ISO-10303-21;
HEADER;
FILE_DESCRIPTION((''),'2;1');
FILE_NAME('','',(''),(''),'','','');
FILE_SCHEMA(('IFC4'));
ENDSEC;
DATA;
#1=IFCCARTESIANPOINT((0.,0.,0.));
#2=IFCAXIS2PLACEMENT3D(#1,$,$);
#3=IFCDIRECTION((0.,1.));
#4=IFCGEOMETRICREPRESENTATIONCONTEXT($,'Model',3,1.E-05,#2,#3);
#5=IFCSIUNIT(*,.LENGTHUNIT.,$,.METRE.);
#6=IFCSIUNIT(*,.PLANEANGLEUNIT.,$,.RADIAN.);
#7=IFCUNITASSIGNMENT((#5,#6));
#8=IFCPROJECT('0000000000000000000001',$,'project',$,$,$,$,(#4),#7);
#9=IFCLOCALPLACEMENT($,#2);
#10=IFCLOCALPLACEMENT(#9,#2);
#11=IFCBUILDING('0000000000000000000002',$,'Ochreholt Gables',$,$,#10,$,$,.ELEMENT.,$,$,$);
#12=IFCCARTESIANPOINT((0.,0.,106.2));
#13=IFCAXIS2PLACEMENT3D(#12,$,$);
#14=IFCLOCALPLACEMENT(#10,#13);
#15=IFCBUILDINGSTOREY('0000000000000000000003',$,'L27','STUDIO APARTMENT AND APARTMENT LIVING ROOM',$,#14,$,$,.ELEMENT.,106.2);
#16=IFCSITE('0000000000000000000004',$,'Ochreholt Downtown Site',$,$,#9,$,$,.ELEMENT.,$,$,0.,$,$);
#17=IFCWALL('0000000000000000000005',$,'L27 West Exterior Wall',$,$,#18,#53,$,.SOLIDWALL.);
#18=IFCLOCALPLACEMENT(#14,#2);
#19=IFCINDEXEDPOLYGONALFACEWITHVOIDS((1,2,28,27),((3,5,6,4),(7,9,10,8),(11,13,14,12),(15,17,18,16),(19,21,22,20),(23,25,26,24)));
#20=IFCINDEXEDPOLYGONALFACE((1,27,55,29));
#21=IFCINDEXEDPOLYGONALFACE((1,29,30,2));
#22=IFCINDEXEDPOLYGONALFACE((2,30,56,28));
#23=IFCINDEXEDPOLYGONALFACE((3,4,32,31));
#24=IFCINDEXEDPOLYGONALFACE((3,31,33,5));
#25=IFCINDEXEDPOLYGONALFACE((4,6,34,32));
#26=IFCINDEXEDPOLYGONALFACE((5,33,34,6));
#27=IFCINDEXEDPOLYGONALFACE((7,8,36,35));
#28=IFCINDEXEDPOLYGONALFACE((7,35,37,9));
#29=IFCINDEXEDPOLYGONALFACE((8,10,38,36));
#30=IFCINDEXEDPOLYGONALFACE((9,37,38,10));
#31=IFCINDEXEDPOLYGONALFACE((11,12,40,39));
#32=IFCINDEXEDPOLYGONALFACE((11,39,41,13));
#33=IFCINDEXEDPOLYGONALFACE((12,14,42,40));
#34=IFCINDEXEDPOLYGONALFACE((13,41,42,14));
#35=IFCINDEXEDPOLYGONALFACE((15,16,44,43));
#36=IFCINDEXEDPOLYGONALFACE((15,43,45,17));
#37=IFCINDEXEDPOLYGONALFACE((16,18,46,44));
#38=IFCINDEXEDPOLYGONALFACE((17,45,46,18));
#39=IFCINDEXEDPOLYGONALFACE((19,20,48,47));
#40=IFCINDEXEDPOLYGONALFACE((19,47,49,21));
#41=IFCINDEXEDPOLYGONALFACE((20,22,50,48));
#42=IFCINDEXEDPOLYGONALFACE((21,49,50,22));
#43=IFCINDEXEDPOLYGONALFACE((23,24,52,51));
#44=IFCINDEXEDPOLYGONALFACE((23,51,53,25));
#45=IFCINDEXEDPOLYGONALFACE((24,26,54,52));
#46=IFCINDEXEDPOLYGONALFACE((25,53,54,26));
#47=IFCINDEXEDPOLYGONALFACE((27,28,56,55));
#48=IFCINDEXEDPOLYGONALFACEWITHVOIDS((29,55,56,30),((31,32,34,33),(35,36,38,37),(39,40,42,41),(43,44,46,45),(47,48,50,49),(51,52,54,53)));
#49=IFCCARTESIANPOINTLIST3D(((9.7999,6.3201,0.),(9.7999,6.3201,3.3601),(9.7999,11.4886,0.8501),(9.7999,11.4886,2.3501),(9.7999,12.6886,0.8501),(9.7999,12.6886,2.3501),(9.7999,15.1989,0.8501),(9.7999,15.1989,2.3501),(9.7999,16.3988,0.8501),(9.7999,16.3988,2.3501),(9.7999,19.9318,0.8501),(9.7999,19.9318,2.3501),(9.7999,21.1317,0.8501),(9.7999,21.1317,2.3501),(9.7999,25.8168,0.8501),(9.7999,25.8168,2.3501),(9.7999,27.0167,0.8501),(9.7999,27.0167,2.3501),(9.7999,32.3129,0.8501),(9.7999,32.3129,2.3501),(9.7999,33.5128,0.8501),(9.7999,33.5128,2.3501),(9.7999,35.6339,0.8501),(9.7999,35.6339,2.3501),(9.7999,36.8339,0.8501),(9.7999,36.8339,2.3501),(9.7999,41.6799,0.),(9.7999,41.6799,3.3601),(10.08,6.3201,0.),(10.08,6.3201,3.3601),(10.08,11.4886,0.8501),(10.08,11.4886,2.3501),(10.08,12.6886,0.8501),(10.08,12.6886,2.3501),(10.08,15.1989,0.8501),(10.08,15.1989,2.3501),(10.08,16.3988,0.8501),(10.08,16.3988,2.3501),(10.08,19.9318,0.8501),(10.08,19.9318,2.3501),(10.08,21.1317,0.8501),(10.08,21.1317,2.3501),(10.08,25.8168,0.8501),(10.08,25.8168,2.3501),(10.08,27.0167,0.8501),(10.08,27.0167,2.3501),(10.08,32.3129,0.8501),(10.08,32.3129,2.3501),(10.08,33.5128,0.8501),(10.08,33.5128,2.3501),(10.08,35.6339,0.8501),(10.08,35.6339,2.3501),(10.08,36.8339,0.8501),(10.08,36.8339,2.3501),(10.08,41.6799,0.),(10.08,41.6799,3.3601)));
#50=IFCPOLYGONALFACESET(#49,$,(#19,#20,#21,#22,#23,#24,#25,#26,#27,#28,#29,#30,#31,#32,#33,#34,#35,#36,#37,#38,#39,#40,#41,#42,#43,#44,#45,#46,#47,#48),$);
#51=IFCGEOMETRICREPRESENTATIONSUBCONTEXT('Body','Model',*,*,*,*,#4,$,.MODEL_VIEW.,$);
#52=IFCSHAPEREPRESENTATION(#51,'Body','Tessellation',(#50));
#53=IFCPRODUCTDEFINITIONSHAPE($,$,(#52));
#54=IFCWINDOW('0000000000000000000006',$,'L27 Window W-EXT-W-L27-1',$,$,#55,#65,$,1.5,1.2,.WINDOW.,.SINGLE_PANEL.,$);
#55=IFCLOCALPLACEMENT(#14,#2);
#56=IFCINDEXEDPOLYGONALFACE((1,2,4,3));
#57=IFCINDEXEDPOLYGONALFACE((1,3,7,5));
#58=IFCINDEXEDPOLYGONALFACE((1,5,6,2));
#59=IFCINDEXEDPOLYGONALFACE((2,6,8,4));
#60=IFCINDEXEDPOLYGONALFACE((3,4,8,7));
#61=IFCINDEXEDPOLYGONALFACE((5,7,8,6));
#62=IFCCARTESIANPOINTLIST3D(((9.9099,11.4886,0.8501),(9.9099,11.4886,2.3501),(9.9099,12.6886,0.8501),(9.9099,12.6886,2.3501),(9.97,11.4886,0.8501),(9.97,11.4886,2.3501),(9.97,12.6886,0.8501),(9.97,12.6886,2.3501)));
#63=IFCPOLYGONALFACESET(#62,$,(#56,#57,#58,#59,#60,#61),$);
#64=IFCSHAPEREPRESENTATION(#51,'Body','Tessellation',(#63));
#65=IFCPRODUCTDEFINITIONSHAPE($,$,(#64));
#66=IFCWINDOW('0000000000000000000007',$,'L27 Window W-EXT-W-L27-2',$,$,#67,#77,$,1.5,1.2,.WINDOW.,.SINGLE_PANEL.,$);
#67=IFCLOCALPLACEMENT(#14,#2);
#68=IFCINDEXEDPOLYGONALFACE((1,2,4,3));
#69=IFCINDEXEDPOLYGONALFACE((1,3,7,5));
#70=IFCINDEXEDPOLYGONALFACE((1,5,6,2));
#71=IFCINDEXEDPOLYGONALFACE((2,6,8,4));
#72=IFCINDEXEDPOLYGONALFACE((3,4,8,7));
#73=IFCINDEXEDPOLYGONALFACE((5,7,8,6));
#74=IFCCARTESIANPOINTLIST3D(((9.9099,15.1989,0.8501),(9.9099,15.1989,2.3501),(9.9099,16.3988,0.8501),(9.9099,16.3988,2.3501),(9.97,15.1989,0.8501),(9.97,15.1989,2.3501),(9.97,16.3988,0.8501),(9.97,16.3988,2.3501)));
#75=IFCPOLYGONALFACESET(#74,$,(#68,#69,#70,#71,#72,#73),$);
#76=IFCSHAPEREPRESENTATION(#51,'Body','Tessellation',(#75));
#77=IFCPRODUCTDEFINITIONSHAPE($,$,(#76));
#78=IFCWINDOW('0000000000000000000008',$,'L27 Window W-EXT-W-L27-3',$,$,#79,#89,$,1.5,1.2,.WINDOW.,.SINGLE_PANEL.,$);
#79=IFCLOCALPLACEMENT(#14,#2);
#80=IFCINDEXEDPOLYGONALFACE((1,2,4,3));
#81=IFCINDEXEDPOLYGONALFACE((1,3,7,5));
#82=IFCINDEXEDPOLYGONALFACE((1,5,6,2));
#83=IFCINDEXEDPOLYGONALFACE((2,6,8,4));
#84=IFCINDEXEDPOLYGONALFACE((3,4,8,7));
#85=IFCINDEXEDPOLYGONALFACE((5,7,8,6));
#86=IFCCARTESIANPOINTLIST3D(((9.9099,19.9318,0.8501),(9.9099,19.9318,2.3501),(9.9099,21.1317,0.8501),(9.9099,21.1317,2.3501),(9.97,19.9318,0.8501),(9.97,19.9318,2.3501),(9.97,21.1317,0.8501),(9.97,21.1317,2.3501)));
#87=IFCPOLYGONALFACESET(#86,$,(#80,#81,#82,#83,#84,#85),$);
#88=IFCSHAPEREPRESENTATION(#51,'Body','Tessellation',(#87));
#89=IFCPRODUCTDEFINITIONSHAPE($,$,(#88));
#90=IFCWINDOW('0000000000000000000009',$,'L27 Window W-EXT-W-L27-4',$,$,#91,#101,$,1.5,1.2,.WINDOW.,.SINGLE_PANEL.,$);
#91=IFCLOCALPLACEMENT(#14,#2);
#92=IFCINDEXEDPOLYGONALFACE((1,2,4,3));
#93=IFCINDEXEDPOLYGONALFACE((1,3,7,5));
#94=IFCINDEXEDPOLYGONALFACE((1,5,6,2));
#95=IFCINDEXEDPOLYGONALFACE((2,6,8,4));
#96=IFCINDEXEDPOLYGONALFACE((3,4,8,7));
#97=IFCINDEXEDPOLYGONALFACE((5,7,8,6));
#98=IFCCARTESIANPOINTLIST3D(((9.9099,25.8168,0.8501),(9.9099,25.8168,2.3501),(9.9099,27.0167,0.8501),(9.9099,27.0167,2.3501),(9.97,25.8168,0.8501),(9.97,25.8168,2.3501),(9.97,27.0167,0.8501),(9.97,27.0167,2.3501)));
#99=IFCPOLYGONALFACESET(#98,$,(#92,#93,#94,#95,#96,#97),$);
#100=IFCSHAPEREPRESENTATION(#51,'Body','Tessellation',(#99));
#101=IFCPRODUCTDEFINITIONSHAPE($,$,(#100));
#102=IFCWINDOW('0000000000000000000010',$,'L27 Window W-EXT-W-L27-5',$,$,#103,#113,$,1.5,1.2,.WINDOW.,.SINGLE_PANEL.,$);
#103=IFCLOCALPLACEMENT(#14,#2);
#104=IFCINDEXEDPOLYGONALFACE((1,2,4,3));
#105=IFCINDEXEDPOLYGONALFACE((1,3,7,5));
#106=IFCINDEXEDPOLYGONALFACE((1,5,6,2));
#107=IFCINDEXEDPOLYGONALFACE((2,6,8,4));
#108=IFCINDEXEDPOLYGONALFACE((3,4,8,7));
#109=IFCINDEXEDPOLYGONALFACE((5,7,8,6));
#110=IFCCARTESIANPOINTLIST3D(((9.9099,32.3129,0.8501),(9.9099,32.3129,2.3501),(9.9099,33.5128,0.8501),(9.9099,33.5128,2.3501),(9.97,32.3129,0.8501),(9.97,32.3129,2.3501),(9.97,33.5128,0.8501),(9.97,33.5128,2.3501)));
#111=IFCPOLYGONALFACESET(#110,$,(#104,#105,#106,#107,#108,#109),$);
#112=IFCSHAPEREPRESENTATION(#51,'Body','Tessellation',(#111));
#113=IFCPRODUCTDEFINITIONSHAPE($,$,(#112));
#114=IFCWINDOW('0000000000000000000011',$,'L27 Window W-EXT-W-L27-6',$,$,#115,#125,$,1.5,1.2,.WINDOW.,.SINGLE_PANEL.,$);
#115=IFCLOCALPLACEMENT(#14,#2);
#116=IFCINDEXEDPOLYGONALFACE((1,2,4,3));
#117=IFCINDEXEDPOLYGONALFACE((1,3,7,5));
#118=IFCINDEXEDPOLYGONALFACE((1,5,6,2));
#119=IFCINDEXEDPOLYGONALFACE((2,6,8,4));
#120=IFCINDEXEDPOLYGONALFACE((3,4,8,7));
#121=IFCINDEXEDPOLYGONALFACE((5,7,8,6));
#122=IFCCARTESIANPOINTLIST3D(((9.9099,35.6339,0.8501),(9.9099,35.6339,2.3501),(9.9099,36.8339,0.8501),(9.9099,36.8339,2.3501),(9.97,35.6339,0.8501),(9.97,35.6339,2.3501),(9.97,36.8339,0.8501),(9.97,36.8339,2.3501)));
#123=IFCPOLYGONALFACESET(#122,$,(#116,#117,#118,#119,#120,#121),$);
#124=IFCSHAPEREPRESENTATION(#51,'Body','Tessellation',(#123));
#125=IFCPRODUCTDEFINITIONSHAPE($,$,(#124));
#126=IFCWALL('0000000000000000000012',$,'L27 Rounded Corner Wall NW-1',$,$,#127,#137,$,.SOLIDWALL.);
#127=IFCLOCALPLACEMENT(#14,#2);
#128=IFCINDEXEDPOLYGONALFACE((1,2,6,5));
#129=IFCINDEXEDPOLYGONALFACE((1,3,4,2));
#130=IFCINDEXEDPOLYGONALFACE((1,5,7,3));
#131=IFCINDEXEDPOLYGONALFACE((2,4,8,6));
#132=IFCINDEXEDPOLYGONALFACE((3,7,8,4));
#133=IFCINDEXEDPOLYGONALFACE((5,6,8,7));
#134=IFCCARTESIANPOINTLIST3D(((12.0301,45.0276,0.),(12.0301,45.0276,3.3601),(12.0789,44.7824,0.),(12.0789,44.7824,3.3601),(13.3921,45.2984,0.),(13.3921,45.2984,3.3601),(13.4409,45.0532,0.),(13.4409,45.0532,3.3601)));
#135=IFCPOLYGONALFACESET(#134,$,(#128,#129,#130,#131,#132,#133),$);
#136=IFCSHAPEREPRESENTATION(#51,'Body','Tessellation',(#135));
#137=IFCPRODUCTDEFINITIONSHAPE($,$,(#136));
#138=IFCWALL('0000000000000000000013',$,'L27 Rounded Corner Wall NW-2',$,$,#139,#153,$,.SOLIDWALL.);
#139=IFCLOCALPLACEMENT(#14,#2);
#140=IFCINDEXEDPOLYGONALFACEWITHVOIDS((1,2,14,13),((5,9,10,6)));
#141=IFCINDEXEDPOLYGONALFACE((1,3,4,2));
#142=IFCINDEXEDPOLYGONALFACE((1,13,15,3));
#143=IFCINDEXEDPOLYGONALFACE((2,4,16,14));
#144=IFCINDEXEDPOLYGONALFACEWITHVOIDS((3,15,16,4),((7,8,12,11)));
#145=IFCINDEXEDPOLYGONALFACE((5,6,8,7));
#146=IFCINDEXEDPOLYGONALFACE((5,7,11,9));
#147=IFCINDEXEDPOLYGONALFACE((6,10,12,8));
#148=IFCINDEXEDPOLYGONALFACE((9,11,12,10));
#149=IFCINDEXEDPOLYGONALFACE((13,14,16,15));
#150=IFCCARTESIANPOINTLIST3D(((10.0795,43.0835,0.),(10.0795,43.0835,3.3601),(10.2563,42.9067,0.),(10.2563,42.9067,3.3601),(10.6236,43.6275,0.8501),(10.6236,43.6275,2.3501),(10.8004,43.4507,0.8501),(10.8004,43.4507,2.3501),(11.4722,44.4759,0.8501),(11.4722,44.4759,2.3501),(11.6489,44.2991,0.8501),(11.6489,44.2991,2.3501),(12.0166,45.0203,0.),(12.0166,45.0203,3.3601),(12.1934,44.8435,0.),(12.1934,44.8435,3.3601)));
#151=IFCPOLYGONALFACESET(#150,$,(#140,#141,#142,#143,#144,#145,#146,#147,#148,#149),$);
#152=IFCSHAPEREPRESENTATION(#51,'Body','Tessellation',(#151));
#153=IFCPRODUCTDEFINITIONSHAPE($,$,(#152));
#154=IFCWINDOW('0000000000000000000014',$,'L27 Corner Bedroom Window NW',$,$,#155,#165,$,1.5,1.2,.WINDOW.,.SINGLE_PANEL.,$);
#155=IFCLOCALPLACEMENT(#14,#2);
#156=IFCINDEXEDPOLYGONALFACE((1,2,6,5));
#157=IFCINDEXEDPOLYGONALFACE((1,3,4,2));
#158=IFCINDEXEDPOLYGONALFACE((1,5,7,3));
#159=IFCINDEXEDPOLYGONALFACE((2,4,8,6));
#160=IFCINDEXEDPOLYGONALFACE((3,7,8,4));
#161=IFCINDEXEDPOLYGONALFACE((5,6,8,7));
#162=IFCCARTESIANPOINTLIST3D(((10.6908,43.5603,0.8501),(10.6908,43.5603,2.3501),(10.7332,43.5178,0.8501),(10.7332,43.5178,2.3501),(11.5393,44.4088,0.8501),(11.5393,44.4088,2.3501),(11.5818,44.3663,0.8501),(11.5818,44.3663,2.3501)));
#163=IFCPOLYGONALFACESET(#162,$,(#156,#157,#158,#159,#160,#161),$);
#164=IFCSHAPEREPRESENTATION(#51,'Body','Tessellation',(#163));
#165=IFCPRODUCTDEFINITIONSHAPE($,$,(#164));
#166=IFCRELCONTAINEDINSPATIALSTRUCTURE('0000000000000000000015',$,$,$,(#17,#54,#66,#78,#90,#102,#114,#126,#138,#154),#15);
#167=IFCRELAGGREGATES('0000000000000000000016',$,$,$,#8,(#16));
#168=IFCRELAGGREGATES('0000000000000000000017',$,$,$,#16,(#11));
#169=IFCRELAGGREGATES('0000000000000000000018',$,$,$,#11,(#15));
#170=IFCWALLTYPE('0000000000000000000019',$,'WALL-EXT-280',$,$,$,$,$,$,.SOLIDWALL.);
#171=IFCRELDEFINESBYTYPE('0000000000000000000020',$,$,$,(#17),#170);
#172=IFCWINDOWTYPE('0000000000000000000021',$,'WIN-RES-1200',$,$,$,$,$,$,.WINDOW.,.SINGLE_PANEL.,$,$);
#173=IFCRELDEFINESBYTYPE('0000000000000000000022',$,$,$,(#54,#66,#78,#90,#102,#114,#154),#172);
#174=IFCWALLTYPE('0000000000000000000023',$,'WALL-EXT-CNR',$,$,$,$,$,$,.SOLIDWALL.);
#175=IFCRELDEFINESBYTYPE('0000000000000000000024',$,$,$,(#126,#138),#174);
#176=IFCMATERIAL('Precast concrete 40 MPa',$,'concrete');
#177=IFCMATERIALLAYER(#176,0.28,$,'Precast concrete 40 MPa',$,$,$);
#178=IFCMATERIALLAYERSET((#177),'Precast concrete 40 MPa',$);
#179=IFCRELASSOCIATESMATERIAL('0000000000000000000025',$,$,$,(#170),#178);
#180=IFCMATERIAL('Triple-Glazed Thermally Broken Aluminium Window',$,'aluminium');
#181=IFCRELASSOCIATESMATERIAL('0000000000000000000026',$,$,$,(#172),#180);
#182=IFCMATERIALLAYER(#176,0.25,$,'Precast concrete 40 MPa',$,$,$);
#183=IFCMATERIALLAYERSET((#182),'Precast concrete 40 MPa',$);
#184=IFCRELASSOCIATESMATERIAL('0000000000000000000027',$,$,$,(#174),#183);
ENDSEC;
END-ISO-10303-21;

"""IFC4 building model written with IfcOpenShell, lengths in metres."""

from ifc_helpers import new_model, si_unit, direction, frame, frame_2d, origin, place, context, subcontext, project, spatial, rectangle, extrude, material, layer, layer_set, type_object, element, fill, save


model = new_model("IFC4")

# Units and contexts
model_context = context("Model", 3, precision=1e-05, world=origin(), true_north=direction((0.0, 1.0)))
body_context = subcontext(model_context, "Body", "Model", "MODEL_VIEW")
ifc_project = project(units=[si_unit("LENGTHUNIT", "METRE"), si_unit("PLANEANGLEUNIT", "RADIAN")], contexts=[model_context])

# Site, building, storey
site_placement = place(None, origin())
site = spatial("IfcSite", under=ifc_project, at=site_placement, Name="Ochreholt Downtown Site", CompositionType="ELEMENT", RefElevation=0.0)
building_placement = place(site_placement, origin())
building = spatial("IfcBuilding", under=site, at=building_placement, Name="Ochreholt Gables", CompositionType="ELEMENT")
storey_placement = place(building_placement, frame((0.0, 0.0, 106.2)))
storey = spatial("IfcBuildingStorey", under=building, at=storey_placement, Name="L27", Description="STUDIO APARTMENT AND APARTMENT LIVING ROOM", CompositionType="ELEMENT", Elevation=106.2)

# Wall, openings, windows
ifc_material_1 = material(Name="Precast concrete 40 MPa", Category="concrete")
ifc_layer_1 = layer(ifc_material_1, 0.28, Name="Precast concrete 40 MPa")
ifc_layer_set_1 = layer_set([ifc_layer_1], Name="Precast concrete 40 MPa")
wall_type_1 = type_object("IfcWallType", Name="WALL-EXT-280", PredefinedType="SOLIDWALL", material=ifc_layer_set_1)
wall_1_placement = place(storey_placement, frame((9.9399, 41.6799, 0.0), z_axis=(0.0, 0.0, 1.0), x_axis=(0.0, -1.0, 0.0)))
wall_1 = element("IfcWall", 1, at=wall_1_placement, inside=storey, type_object=wall_type_1, Name="L27 West Exterior Wall", PredefinedType="SOLIDWALL", context=body_context, shape_type="SweptSolid", body=[
    extrude(rectangle(XDim=35.3599, YDim=0.28, at=frame_2d((17.6799, 0.0))), origin(), (0.0, 0.0, 1.0), 3.3601),
])
opening_1_placement = place(wall_1_placement, frame((28.9912, 0.0, 0.8501)))
opening_1 = element("IfcOpeningElement", 2, at=opening_1_placement, cuts=wall_1, PredefinedType="OPENING", context=body_context, shape_type="SweptSolid", body=[
    extrude(rectangle(XDim=1.2, YDim=1.5, at=frame_2d((0.6001, 0.75))), frame((0.0, 0.1499, 0.0), z_axis=(0.0, -1.0, 0.0), x_axis=(1.0, 0.0, 0.0)), (0.0, 0.0, 1.0), 0.3),
])
opening_2_placement = place(wall_1_placement, frame((25.281, 0.0, 0.8501)))
opening_2 = element("IfcOpeningElement", 3, at=opening_2_placement, cuts=wall_1, PredefinedType="OPENING", context=body_context, shape_type="SweptSolid", body=[
    extrude(rectangle(XDim=1.2, YDim=1.5, at=frame_2d((0.6001, 0.75))), frame((0.0, 0.1499, 0.0), z_axis=(0.0, -1.0, 0.0), x_axis=(1.0, 0.0, 0.0)), (0.0, 0.0, 1.0), 0.3),
])
opening_3_placement = place(wall_1_placement, frame((20.5481, 0.0, 0.8501)))
opening_3 = element("IfcOpeningElement", 4, at=opening_3_placement, cuts=wall_1, PredefinedType="OPENING", context=body_context, shape_type="SweptSolid", body=[
    extrude(rectangle(XDim=1.2, YDim=1.5, at=frame_2d((0.6001, 0.75))), frame((0.0, 0.1499, 0.0), z_axis=(0.0, -1.0, 0.0), x_axis=(1.0, 0.0, 0.0)), (0.0, 0.0, 1.0), 0.3),
])
opening_4_placement = place(wall_1_placement, frame((14.6631, 0.0, 0.8501)))
opening_4 = element("IfcOpeningElement", 5, at=opening_4_placement, cuts=wall_1, PredefinedType="OPENING", context=body_context, shape_type="SweptSolid", body=[
    extrude(rectangle(XDim=1.2, YDim=1.5, at=frame_2d((0.6001, 0.75))), frame((0.0, 0.1499, 0.0), z_axis=(0.0, -1.0, 0.0), x_axis=(1.0, 0.0, 0.0)), (0.0, 0.0, 1.0), 0.3),
])
opening_5_placement = place(wall_1_placement, frame((8.167, 0.0, 0.8501)))
opening_5 = element("IfcOpeningElement", 6, at=opening_5_placement, cuts=wall_1, PredefinedType="OPENING", context=body_context, shape_type="SweptSolid", body=[
    extrude(rectangle(XDim=1.2, YDim=1.5, at=frame_2d((0.6001, 0.75))), frame((0.0, 0.1499, 0.0), z_axis=(0.0, -1.0, 0.0), x_axis=(1.0, 0.0, 0.0)), (0.0, 0.0, 1.0), 0.3),
])
opening_6_placement = place(wall_1_placement, frame((4.8459, 0.0, 0.8501)))
opening_6 = element("IfcOpeningElement", 7, at=opening_6_placement, cuts=wall_1, PredefinedType="OPENING", context=body_context, shape_type="SweptSolid", body=[
    extrude(rectangle(XDim=1.2, YDim=1.5, at=frame_2d((0.6001, 0.75))), frame((0.0, 0.1499, 0.0), z_axis=(0.0, -1.0, 0.0), x_axis=(1.0, 0.0, 0.0)), (0.0, 0.0, 1.0), 0.3),
])
ifc_material_2 = material(Name="Triple-Glazed Thermally Broken Aluminium Window", Category="aluminium")
window_type = type_object("IfcWindowType", Name="WIN-RES-1200", PartitioningType="SINGLE_PANEL", PredefinedType="WINDOW", material=ifc_material_2)
window_1_placement = place(opening_1_placement, origin())
window_1 = element("IfcWindow", 8, at=window_1_placement, inside=storey, type_object=window_type, Name="L27 Window W-EXT-W-L27-1", OverallHeight=1.5, OverallWidth=1.2, PartitioningType="SINGLE_PANEL", PredefinedType="WINDOW", context=body_context, shape_type="SweptSolid", body=[
    extrude(rectangle(XDim=1.2, YDim=1.5, at=frame_2d((0.6001, 0.75))), frame((0.0, 0.03, 0.0), z_axis=(0.0, -1.0, 0.0), x_axis=(1.0, 0.0, 0.0)), (0.0, 0.0, 1.0), 0.0601),
])
fill(opening_1, window_1)
window_2_placement = place(opening_2_placement, origin())
window_2 = element("IfcWindow", 9, at=window_2_placement, inside=storey, type_object=window_type, Name="L27 Window W-EXT-W-L27-2", OverallHeight=1.5, OverallWidth=1.2, PartitioningType="SINGLE_PANEL", PredefinedType="WINDOW", context=body_context, shape_type="SweptSolid", body=[
    extrude(rectangle(XDim=1.2, YDim=1.5, at=frame_2d((0.6001, 0.75))), frame((0.0, 0.03, 0.0), z_axis=(0.0, -1.0, 0.0), x_axis=(1.0, 0.0, 0.0)), (0.0, 0.0, 1.0), 0.0601),
])
fill(opening_2, window_2)
window_3_placement = place(opening_3_placement, origin())
window_3 = element("IfcWindow", 10, at=window_3_placement, inside=storey, type_object=window_type, Name="L27 Window W-EXT-W-L27-3", OverallHeight=1.5, OverallWidth=1.2, PartitioningType="SINGLE_PANEL", PredefinedType="WINDOW", context=body_context, shape_type="SweptSolid", body=[
    extrude(rectangle(XDim=1.2, YDim=1.5, at=frame_2d((0.6001, 0.75))), frame((0.0, 0.03, 0.0), z_axis=(0.0, -1.0, 0.0), x_axis=(1.0, 0.0, 0.0)), (0.0, 0.0, 1.0), 0.0601),
])
fill(opening_3, window_3)
window_4_placement = place(opening_4_placement, origin())
window_4 = element("IfcWindow", 11, at=window_4_placement, inside=storey, type_object=window_type, Name="L27 Window W-EXT-W-L27-4", OverallHeight=1.5, OverallWidth=1.2, PartitioningType="SINGLE_PANEL", PredefinedType="WINDOW", context=body_context, shape_type="SweptSolid", body=[
    extrude(rectangle(XDim=1.2, YDim=1.5, at=frame_2d((0.6001, 0.75))), frame((0.0, 0.03, 0.0), z_axis=(0.0, -1.0, 0.0), x_axis=(1.0, 0.0, 0.0)), (0.0, 0.0, 1.0), 0.0601),
])
fill(opening_4, window_4)
window_5_placement = place(opening_5_placement, origin())
window_5 = element("IfcWindow", 12, at=window_5_placement, inside=storey, type_object=window_type, Name="L27 Window W-EXT-W-L27-5", OverallHeight=1.5, OverallWidth=1.2, PartitioningType="SINGLE_PANEL", PredefinedType="WINDOW", context=body_context, shape_type="SweptSolid", body=[
    extrude(rectangle(XDim=1.2, YDim=1.5, at=frame_2d((0.6001, 0.75))), frame((0.0, 0.03, 0.0), z_axis=(0.0, -1.0, 0.0), x_axis=(1.0, 0.0, 0.0)), (0.0, 0.0, 1.0), 0.0601),
])
fill(opening_5, window_5)
window_6_placement = place(opening_6_placement, origin())
window_6 = element("IfcWindow", 13, at=window_6_placement, inside=storey, type_object=window_type, Name="L27 Window W-EXT-W-L27-6", OverallHeight=1.5, OverallWidth=1.2, PartitioningType="SINGLE_PANEL", PredefinedType="WINDOW", context=body_context, shape_type="SweptSolid", body=[
    extrude(rectangle(XDim=1.2, YDim=1.5, at=frame_2d((0.6001, 0.75))), frame((0.0, 0.03, 0.0), z_axis=(0.0, -1.0, 0.0), x_axis=(1.0, 0.0, 0.0)), (0.0, 0.0, 1.0), 0.0601),
])
fill(opening_6, window_6)

# Wall
ifc_layer_2 = layer(ifc_material_1, 0.25, Name="Precast concrete 40 MPa")
ifc_layer_set_2 = layer_set([ifc_layer_2], Name="Precast concrete 40 MPa")
wall_type_2 = type_object("IfcWallType", Name="WALL-EXT-CNR", PredefinedType="SOLIDWALL", material=ifc_layer_set_2)
wall_2_placement = place(storey_placement, frame((13.4165, 45.1758, 0.0), z_axis=(0.0, 0.0, 1.0), x_axis=(-0.98081, -0.194967, 0.0)))
element("IfcWall", 14, at=wall_2_placement, inside=storey, type_object=wall_type_2, Name="L27 Rounded Corner Wall NW-1", PredefinedType="SOLIDWALL", context=body_context, shape_type="SweptSolid", body=[
    extrude(rectangle(XDim=1.3887, YDim=0.25, at=frame_2d((0.6943, 0.0))), origin(), (0.0, 0.0, 1.0), 3.3601),
])

# Wall, opening, window
wall_3_placement = place(storey_placement, frame((12.105, 44.9319, 0.0), z_axis=(0.0, 0.0, 1.0), x_axis=(-0.707151, -0.707062, 0.0)))
wall_3 = element("IfcWall", 15, at=wall_3_placement, inside=storey, type_object=wall_type_2, Name="L27 Rounded Corner Wall NW-2", PredefinedType="SOLIDWALL", context=body_context, shape_type="SweptSolid", body=[
    extrude(rectangle(XDim=2.7393, YDim=0.25, at=frame_2d((1.3696, 0.0))), origin(), (0.0, 0.0, 1.0), 3.3601),
])
opening_7_placement = place(wall_3_placement, frame((0.7698, 0.0, 0.8501)))
opening_7 = element("IfcOpeningElement", 16, at=opening_7_placement, cuts=wall_3, PredefinedType="OPENING", context=body_context, shape_type="SweptSolid", body=[
    extrude(rectangle(XDim=1.2, YDim=1.5, at=frame_2d((0.6001, 0.75))), frame((0.0, 0.135, 0.0), z_axis=(0.0, -1.0, 0.0), x_axis=(1.0, 0.0, 0.0)), (0.0, 0.0, 1.0), 0.27),
])
window_7_placement = place(opening_7_placement, origin())
window_7 = element("IfcWindow", 17, at=window_7_placement, inside=storey, type_object=window_type, Name="L27 Corner Bedroom Window NW", OverallHeight=1.5, OverallWidth=1.2, PartitioningType="SINGLE_PANEL", PredefinedType="WINDOW", context=body_context, shape_type="SweptSolid", body=[
    extrude(rectangle(XDim=1.2, YDim=1.5, at=frame_2d((0.6001, 0.75))), frame((0.0, 0.03, 0.0), z_axis=(0.0, -1.0, 0.0), x_axis=(1.0, 0.0, 0.0)), (0.0, 0.0, 1.0), 0.0601),
])
fill(opening_7, window_7)

save(model, "model.ifc")
